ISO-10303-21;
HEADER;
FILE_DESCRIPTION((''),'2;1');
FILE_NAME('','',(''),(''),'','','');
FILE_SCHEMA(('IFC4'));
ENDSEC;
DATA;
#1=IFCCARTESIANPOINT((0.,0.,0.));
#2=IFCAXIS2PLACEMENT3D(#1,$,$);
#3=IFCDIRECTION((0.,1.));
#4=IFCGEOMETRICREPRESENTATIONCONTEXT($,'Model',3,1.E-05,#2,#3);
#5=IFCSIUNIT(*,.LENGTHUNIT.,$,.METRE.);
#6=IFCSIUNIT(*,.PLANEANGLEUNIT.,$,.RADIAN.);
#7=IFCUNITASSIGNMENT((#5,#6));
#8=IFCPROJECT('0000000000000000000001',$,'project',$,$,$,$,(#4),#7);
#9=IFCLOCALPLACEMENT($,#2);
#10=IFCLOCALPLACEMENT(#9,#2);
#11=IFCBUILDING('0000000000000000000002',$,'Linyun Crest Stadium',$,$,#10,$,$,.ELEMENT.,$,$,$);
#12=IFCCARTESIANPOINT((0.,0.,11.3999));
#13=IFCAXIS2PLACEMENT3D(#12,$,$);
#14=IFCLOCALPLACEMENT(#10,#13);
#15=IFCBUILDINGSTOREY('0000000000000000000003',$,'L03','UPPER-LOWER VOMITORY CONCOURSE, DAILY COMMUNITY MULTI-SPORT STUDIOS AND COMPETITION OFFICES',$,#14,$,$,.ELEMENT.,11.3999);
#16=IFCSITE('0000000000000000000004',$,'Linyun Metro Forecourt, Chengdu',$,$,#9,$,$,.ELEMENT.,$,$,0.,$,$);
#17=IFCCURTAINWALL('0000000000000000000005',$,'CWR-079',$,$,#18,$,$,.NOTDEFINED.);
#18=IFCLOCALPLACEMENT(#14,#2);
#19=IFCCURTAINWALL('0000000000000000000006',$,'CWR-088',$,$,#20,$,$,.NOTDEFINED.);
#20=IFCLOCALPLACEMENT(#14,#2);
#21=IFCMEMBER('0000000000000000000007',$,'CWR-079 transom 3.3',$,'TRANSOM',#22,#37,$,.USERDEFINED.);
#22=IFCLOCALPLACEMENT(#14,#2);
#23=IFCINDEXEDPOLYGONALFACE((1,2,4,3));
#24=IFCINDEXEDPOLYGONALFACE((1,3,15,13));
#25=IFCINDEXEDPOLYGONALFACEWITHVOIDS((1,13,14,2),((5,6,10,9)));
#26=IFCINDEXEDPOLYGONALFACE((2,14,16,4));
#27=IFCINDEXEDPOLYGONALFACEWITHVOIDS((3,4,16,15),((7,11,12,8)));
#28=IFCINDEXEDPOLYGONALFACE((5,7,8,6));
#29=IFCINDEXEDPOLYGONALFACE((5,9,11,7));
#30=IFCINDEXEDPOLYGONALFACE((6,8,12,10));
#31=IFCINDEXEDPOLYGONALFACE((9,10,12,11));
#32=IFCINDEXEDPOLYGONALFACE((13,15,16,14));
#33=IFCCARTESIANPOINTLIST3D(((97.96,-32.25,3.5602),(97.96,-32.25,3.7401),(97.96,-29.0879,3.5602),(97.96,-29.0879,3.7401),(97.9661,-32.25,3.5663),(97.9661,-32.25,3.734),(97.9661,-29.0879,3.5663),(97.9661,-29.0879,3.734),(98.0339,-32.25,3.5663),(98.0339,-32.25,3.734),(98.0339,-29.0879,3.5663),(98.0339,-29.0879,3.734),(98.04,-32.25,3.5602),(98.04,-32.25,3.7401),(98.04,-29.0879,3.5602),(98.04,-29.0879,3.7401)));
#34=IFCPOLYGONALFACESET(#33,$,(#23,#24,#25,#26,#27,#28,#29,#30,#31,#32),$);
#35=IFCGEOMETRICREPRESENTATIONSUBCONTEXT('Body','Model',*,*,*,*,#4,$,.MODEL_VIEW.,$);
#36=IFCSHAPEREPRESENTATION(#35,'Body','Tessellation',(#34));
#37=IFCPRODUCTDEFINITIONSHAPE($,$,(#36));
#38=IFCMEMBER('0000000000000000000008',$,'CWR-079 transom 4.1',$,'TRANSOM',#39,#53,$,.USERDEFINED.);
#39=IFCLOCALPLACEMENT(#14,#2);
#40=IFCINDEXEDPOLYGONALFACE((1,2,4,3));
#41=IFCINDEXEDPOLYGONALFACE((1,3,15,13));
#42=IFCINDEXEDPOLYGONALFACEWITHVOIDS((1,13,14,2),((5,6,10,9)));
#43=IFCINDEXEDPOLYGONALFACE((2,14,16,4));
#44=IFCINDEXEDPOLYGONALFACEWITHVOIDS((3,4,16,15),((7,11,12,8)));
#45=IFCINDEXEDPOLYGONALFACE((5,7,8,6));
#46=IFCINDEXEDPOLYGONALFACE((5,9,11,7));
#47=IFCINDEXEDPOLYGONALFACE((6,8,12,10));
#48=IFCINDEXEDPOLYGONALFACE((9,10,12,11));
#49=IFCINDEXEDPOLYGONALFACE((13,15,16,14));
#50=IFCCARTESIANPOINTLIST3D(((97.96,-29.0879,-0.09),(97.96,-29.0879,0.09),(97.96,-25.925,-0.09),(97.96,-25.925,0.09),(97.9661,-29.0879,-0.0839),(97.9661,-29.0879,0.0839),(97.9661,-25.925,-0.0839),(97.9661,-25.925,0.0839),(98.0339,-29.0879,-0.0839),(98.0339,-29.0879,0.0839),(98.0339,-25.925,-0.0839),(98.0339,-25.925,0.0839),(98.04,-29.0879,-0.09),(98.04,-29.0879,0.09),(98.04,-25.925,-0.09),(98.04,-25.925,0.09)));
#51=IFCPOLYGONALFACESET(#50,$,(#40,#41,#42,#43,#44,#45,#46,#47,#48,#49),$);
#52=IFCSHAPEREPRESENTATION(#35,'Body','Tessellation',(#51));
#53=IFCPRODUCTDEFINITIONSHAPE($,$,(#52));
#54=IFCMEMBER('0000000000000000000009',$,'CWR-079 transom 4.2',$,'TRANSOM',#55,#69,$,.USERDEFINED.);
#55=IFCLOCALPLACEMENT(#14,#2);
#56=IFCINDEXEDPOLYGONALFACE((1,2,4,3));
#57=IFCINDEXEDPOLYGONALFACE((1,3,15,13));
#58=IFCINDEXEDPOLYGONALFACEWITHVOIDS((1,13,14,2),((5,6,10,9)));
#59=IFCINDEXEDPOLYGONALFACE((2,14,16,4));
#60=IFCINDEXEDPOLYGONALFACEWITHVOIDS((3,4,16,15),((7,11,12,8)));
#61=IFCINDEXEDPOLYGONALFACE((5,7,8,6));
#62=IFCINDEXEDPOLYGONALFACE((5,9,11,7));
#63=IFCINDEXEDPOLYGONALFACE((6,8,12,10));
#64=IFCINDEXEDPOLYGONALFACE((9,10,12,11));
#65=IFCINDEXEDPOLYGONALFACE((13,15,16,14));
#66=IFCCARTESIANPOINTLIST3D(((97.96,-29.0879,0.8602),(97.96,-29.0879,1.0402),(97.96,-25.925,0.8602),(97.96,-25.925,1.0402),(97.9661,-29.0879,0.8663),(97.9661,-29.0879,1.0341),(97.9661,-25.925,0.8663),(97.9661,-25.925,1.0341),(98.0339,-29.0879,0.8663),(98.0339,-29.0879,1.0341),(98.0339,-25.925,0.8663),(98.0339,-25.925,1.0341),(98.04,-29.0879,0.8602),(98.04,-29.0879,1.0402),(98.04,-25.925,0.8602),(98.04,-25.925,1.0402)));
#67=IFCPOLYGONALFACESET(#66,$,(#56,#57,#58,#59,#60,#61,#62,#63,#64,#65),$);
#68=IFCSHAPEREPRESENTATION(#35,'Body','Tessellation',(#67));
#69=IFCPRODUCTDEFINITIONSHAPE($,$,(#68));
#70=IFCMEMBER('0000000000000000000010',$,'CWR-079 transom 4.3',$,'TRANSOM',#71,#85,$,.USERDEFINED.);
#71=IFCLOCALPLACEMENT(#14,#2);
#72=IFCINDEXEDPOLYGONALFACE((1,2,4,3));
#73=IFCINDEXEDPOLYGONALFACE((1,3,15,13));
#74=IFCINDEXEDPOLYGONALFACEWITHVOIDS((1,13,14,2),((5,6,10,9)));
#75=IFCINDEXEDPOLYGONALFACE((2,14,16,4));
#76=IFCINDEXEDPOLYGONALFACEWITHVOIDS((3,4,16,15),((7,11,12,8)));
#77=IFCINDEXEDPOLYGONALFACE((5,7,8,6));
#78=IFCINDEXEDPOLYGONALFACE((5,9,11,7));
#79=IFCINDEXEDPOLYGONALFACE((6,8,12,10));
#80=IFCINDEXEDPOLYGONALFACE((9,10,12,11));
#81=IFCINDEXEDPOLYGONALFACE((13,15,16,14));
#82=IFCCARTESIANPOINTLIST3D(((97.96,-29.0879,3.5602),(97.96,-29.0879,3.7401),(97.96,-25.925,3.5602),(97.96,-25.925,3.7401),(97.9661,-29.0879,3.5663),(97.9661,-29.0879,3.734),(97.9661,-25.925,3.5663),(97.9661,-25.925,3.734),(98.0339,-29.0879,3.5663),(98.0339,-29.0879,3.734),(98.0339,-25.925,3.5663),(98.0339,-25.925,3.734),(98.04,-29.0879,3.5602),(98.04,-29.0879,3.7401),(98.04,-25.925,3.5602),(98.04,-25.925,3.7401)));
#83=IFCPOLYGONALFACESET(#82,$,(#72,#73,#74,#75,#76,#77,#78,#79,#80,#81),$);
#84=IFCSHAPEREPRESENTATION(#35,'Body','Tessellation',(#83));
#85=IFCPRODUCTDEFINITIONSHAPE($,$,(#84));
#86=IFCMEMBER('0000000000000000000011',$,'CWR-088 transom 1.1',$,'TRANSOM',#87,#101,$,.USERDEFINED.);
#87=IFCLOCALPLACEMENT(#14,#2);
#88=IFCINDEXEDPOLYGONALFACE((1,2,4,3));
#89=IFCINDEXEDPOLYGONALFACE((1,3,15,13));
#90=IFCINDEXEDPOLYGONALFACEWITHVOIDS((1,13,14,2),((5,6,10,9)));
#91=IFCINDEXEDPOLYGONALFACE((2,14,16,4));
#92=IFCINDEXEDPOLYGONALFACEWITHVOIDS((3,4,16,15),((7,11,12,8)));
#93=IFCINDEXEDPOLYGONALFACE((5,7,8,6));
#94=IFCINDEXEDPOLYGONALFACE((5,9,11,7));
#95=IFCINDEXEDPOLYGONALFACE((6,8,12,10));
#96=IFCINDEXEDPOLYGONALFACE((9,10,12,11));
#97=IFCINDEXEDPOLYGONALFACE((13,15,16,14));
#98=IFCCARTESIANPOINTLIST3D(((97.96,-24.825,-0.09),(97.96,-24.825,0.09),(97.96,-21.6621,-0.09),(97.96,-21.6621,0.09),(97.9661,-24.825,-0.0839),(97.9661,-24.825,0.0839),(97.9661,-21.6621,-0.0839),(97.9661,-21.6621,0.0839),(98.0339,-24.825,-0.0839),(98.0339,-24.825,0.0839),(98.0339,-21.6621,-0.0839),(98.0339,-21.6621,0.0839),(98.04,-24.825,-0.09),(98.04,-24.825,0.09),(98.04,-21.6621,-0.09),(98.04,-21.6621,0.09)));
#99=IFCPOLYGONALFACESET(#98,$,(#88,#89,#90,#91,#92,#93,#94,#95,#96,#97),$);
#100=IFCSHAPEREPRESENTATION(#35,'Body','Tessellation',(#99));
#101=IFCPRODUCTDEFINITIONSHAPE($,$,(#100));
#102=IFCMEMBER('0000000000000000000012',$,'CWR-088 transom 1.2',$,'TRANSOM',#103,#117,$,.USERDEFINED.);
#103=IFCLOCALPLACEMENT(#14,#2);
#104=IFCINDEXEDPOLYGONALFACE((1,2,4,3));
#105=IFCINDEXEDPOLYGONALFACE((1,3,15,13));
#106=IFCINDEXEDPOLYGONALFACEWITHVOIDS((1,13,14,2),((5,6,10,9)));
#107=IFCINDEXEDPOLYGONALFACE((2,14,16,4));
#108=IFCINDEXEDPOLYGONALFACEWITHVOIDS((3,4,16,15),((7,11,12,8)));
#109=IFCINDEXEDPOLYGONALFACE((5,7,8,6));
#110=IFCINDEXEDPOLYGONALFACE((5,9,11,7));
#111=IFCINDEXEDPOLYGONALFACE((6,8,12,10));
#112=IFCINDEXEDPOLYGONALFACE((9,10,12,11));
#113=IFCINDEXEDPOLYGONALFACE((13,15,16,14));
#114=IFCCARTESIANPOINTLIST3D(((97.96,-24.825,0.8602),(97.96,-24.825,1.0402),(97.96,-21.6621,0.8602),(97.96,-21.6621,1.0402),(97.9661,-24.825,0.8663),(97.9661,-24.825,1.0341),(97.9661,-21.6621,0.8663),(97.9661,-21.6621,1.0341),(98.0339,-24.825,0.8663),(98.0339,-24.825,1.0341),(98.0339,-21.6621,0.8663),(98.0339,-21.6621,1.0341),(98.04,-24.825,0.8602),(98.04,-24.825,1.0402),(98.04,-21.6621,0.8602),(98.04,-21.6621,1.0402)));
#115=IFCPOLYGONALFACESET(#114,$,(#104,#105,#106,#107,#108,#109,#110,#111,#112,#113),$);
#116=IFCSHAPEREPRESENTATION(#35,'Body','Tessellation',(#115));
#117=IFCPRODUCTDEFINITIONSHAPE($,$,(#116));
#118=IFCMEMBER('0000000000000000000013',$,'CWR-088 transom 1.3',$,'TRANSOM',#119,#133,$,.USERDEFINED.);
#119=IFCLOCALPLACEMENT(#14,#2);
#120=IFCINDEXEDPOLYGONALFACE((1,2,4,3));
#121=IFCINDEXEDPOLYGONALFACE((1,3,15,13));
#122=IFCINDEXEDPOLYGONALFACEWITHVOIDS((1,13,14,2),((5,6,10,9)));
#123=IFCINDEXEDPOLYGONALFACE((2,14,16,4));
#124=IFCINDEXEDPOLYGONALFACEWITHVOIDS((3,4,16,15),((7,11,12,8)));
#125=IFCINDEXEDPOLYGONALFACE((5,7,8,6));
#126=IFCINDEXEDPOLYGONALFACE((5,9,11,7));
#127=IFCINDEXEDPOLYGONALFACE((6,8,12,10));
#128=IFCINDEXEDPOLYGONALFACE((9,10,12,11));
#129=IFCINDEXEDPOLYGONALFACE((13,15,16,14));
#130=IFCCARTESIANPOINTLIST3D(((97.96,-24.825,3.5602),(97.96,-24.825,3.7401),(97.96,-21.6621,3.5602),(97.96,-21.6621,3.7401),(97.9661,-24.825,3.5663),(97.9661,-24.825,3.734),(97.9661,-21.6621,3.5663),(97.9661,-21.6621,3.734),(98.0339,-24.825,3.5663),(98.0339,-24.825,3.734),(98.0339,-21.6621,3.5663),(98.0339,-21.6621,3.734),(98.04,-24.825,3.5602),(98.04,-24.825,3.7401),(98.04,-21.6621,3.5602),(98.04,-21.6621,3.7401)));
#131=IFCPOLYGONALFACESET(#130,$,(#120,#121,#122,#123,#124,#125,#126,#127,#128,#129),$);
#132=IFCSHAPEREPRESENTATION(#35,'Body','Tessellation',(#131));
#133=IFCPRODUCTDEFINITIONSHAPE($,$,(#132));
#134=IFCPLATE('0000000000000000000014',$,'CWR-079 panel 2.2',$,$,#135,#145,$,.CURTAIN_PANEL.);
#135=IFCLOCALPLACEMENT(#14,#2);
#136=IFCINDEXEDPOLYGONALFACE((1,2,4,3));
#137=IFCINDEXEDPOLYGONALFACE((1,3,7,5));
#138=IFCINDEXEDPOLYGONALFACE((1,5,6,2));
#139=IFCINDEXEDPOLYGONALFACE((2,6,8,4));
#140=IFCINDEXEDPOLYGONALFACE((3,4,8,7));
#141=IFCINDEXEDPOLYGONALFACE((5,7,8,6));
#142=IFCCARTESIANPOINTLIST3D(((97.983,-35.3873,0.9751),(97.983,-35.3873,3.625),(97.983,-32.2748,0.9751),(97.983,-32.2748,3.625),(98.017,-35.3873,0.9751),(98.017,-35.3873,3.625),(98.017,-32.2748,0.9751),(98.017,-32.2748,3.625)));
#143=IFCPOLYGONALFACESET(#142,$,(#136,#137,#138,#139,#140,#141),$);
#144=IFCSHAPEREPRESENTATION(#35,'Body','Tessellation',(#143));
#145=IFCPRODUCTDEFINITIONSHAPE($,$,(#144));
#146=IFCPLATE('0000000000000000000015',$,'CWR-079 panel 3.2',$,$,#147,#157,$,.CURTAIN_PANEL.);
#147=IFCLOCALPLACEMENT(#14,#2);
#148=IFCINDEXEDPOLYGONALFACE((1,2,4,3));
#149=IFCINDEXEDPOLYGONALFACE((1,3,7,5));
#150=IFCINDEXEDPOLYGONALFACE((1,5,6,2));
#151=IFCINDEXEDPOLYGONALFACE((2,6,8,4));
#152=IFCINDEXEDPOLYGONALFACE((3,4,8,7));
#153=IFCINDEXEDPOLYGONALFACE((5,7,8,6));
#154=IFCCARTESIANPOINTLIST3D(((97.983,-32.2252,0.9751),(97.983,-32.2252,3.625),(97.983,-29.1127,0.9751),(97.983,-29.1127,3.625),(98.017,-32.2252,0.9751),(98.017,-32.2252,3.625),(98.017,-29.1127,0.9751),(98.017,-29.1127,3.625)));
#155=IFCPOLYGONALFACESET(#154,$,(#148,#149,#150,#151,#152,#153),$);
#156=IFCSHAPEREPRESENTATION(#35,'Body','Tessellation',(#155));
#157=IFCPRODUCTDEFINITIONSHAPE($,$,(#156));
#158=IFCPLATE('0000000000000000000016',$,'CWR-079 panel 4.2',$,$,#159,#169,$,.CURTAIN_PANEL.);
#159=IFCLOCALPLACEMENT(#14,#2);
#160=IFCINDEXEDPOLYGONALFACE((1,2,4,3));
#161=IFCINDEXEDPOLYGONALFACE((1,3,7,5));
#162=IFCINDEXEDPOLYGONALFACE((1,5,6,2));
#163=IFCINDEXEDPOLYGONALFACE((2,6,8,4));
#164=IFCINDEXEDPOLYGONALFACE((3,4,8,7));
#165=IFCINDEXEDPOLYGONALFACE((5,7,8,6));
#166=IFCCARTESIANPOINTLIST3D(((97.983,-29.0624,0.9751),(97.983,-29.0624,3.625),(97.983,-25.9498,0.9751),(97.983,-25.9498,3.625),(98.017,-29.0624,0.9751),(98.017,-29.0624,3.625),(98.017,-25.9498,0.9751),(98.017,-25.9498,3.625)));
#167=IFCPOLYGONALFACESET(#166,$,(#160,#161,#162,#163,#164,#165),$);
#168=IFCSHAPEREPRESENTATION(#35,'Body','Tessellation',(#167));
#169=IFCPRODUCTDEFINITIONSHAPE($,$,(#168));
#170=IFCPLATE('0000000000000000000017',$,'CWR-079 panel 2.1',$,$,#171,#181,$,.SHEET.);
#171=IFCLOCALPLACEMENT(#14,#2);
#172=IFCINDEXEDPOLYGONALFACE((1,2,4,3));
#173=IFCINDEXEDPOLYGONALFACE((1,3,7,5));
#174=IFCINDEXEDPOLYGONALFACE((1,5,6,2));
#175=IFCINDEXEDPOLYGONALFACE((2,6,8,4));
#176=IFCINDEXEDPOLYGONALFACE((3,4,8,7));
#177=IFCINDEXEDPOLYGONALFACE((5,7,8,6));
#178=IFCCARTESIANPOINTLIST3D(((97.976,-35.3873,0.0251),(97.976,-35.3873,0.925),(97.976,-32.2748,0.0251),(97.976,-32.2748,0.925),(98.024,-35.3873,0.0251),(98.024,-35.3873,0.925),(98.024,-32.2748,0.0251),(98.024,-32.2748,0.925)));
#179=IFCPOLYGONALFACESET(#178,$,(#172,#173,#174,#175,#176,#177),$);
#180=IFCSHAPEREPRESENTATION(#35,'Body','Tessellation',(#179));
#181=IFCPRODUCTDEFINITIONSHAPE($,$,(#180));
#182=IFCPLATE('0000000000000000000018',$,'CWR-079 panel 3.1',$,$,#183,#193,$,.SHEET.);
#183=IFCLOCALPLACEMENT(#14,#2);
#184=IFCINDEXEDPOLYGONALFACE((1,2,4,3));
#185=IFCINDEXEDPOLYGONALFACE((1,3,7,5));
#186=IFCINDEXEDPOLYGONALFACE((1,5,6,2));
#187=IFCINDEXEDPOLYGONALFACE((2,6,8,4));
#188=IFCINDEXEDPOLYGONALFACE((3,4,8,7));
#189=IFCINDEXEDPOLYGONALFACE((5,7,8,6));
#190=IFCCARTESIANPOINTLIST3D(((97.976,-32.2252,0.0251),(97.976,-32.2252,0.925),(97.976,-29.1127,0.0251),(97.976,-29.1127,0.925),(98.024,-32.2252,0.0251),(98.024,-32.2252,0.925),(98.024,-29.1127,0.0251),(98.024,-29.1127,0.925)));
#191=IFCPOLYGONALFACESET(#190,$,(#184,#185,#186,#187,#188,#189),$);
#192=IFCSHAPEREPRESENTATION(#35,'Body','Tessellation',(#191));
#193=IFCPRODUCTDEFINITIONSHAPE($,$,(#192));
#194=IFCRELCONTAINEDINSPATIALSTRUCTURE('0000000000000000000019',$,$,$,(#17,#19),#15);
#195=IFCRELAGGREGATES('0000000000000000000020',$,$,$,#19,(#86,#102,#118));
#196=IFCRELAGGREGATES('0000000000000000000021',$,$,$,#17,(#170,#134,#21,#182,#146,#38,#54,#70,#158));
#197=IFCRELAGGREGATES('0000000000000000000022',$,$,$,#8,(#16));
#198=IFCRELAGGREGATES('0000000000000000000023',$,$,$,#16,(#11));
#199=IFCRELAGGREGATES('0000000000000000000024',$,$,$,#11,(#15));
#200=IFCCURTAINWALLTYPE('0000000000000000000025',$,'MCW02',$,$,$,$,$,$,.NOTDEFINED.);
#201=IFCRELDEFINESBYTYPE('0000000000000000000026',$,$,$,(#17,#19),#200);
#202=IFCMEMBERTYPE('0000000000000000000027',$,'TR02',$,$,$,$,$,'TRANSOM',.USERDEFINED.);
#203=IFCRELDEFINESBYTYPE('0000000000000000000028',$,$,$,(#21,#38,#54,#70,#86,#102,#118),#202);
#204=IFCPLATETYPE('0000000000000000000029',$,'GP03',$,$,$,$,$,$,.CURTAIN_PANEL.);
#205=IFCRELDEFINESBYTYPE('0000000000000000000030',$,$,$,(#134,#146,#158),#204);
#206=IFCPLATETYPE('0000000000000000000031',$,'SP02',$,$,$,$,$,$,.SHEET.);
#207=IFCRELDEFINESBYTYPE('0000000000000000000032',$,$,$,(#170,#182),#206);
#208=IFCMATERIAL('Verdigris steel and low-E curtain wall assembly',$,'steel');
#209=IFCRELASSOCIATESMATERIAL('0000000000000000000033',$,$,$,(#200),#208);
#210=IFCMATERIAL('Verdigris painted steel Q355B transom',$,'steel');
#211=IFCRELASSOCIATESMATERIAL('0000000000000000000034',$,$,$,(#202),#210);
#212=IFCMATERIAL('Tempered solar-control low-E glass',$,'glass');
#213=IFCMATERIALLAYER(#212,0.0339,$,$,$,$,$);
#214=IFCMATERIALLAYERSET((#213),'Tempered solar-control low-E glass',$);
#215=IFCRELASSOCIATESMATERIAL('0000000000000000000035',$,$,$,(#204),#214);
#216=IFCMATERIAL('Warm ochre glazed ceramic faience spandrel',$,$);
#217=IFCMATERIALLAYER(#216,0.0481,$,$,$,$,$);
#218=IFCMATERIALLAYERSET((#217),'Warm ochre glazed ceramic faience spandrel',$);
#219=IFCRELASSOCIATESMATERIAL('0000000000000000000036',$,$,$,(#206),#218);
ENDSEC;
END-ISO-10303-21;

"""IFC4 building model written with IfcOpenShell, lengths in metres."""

from ifc_helpers import new_model, si_unit, direction, frame, origin, origin_2d, place, context, subcontext, project, spatial, rectangle, hollow_rectangle, extrude, material, layer, layer_set, material_profile, profile_set, type_object, element, aggregate, save


model = new_model("IFC4")

# Units and contexts
model_context = context("Model", 3, precision=1e-05, world=origin(), true_north=direction((0.0, 1.0)))
body_context = subcontext(model_context, "Body", "Model", "MODEL_VIEW")
ifc_project = project(units=[si_unit("LENGTHUNIT", "METRE"), si_unit("PLANEANGLEUNIT", "RADIAN")], contexts=[model_context])

# Site, building, storey
site_placement = place(None, origin())
site = spatial("IfcSite", under=ifc_project, at=site_placement, Name="Linyun Metro Forecourt, Chengdu", CompositionType="ELEMENT", RefElevation=0.0)
building_placement = place(site_placement, origin())
building = spatial("IfcBuilding", under=site, at=building_placement, Name="Linyun Crest Stadium", CompositionType="ELEMENT")
storey_placement = place(building_placement, frame((0.0, 0.0, 11.3999)))
storey = spatial("IfcBuildingStorey", under=building, at=storey_placement, Name="L03", Description="UPPER-LOWER VOMITORY CONCOURSE, DAILY COMMUNITY MULTI-SPORT STUDIOS AND COMPETITION OFFICES", CompositionType="ELEMENT", Elevation=11.3999)

# Curtain wall
ifc_material_1 = material(Name="Verdigris steel and low-E curtain wall assembly", Category="steel")
curtain_wall_type = type_object("IfcCurtainWallType", Name="MCW02", PredefinedType="NOTDEFINED", material=ifc_material_1)
curtain_wall_1_placement = place(storey_placement, origin())
curtain_wall_1 = element("IfcCurtainWall", 1, at=curtain_wall_1_placement, inside=storey, type_object=curtain_wall_type, Name="CWR-079", PredefinedType="NOTDEFINED")

# Curtain wall
curtain_wall_2_placement = place(storey_placement, origin())
curtain_wall_2 = element("IfcCurtainWall", 2, at=curtain_wall_2_placement, inside=storey, type_object=curtain_wall_type, Name="CWR-088", PredefinedType="NOTDEFINED")

# Members
ifc_material_2 = material(Name="Verdigris painted steel Q355B transom", Category="steel")
ifc_material_profile_1 = material_profile(ifc_material_2, hollow_rectangle(XDim=0.0801, YDim=0.1799, WallThickness=0.0061, at=origin_2d()), Name="RHS 180x80x6")
ifc_profile_set_1 = profile_set([ifc_material_profile_1], Name="Verdigris painted steel Q355B transom")
member_type_1 = type_object("IfcMemberType", Name="TR02", ElementType="TRANSOM", PredefinedType="USERDEFINED", material=ifc_profile_set_1)
member_1_placement = place(storey_placement, frame((98.0, -32.25, 3.6501), z_axis=(0.0, 1.0, 0.0), x_axis=(-1.0, 0.0, 0.0)))
member_1 = element("IfcMember", 3, at=member_1_placement, type_object=member_type_1, Name="CWR-079 transom 3.3", ObjectType="TRANSOM", PredefinedType="USERDEFINED", context=body_context, shape_type="SweptSolid", body=[
    extrude(hollow_rectangle(XDim=0.0801, YDim=0.1799, WallThickness=0.0061, at=origin_2d()), origin(), (0.0, 0.0, 1.0), 3.1621),
])
member_2_placement = place(storey_placement, frame((98.0, -29.0879, 0.0), z_axis=(0.0, 1.0, 0.0), x_axis=(-1.0, 0.0, 0.0)))
member_2 = element("IfcMember", 4, at=member_2_placement, type_object=member_type_1, Name="CWR-079 transom 4.1", ObjectType="TRANSOM", PredefinedType="USERDEFINED", context=body_context, shape_type="SweptSolid", body=[
    extrude(hollow_rectangle(XDim=0.0801, YDim=0.1799, WallThickness=0.0061, at=origin_2d()), origin(), (0.0, 0.0, 1.0), 3.1628),
])
member_3_placement = place(storey_placement, frame((98.0, -29.0879, 0.9502), z_axis=(0.0, 1.0, 0.0), x_axis=(-1.0, 0.0, 0.0)))
member_3 = element("IfcMember", 5, at=member_3_placement, type_object=member_type_1, Name="CWR-079 transom 4.2", ObjectType="TRANSOM", PredefinedType="USERDEFINED", context=body_context, shape_type="SweptSolid", body=[
    extrude(hollow_rectangle(XDim=0.0801, YDim=0.1799, WallThickness=0.0061, at=origin_2d()), origin(), (0.0, 0.0, 1.0), 3.1628),
])
member_4_placement = place(storey_placement, frame((98.0, -29.0879, 3.6501), z_axis=(0.0, 1.0, 0.0), x_axis=(-1.0, 0.0, 0.0)))
member_4 = element("IfcMember", 6, at=member_4_placement, type_object=member_type_1, Name="CWR-079 transom 4.3", ObjectType="TRANSOM", PredefinedType="USERDEFINED", context=body_context, shape_type="SweptSolid", body=[
    extrude(hollow_rectangle(XDim=0.0801, YDim=0.1799, WallThickness=0.0061, at=origin_2d()), origin(), (0.0, 0.0, 1.0), 3.1628),
])
member_5_placement = place(storey_placement, frame((98.0, -24.825, 0.0), z_axis=(0.0, 1.0, 0.0), x_axis=(-1.0, 0.0, 0.0)))
member_5 = element("IfcMember", 7, at=member_5_placement, type_object=member_type_1, Name="CWR-088 transom 1.1", ObjectType="TRANSOM", PredefinedType="USERDEFINED", context=body_context, shape_type="SweptSolid", body=[
    extrude(hollow_rectangle(XDim=0.0801, YDim=0.1799, WallThickness=0.0061, at=origin_2d()), origin(), (0.0, 0.0, 1.0), 3.1628),
])
member_6_placement = place(storey_placement, frame((98.0, -24.825, 0.9502), z_axis=(0.0, 1.0, 0.0), x_axis=(-1.0, 0.0, 0.0)))
member_6 = element("IfcMember", 8, at=member_6_placement, type_object=member_type_1, Name="CWR-088 transom 1.2", ObjectType="TRANSOM", PredefinedType="USERDEFINED", context=body_context, shape_type="SweptSolid", body=[
    extrude(hollow_rectangle(XDim=0.0801, YDim=0.1799, WallThickness=0.0061, at=origin_2d()), origin(), (0.0, 0.0, 1.0), 3.1628),
])
member_7_placement = place(storey_placement, frame((98.0, -24.825, 3.6501), z_axis=(0.0, 1.0, 0.0), x_axis=(-1.0, 0.0, 0.0)))
member_7 = element("IfcMember", 9, at=member_7_placement, type_object=member_type_1, Name="CWR-088 transom 1.3", ObjectType="TRANSOM", PredefinedType="USERDEFINED", context=body_context, shape_type="SweptSolid", body=[
    extrude(hollow_rectangle(XDim=0.0801, YDim=0.1799, WallThickness=0.0061, at=origin_2d()), origin(), (0.0, 0.0, 1.0), 3.1628),
])
aggregate(curtain_wall_2, [member_5, member_6, member_7])

# Plates
ifc_material_3 = material(Name="Tempered solar-control low-E glass", Category="glass")
ifc_layer_1 = layer(ifc_material_3, 0.0339)
ifc_layer_set_1 = layer_set([ifc_layer_1], Name="Tempered solar-control low-E glass")
plate_type_1 = type_object("IfcPlateType", Name="GP03", PredefinedType="CURTAIN_PANEL", material=ifc_layer_set_1)
plate_1_placement = place(storey_placement, frame((98.0, -33.8311, 0.9751), z_axis=(0.0, 0.0, 1.0), x_axis=(0.0, 1.0, 0.0)))
plate_1 = element("IfcPlate", 10, at=plate_1_placement, type_object=plate_type_1, Name="CWR-079 panel 2.2", PredefinedType="CURTAIN_PANEL", context=body_context, shape_type="SweptSolid", body=[
    extrude(rectangle(XDim=3.1125, YDim=0.0339, at=origin_2d()), origin(), (0.0, 0.0, 1.0), 2.6499),
])
plate_2_placement = place(storey_placement, frame((98.0, -30.6689, 0.9751), z_axis=(0.0, 0.0, 1.0), x_axis=(0.0, 1.0, 0.0)))
plate_2 = element("IfcPlate", 11, at=plate_2_placement, type_object=plate_type_1, Name="CWR-079 panel 3.2", PredefinedType="CURTAIN_PANEL", context=body_context, shape_type="SweptSolid", body=[
    extrude(rectangle(XDim=3.1125, YDim=0.0339, at=origin_2d()), origin(), (0.0, 0.0, 1.0), 2.6499),
])
plate_3_placement = place(storey_placement, frame((98.0, -27.5061, 0.9751), z_axis=(0.0, 0.0, 1.0), x_axis=(0.0, 1.0, 0.0)))
plate_3 = element("IfcPlate", 12, at=plate_3_placement, type_object=plate_type_1, Name="CWR-079 panel 4.2", PredefinedType="CURTAIN_PANEL", context=body_context, shape_type="SweptSolid", body=[
    extrude(rectangle(XDim=3.1125, YDim=0.0339, at=origin_2d()), origin(), (0.0, 0.0, 1.0), 2.6499),
])
ifc_material_4 = material(Name="Warm ochre glazed ceramic faience spandrel")
ifc_layer_2 = layer(ifc_material_4, 0.0481)
ifc_layer_set_2 = layer_set([ifc_layer_2], Name="Warm ochre glazed ceramic faience spandrel")
plate_type_2 = type_object("IfcPlateType", Name="SP02", PredefinedType="SHEET", material=ifc_layer_set_2)
plate_4_placement = place(storey_placement, frame((98.0, -33.8311, 0.0251), z_axis=(0.0, 0.0, 1.0), x_axis=(0.0, 1.0, 0.0)))
plate_4 = element("IfcPlate", 13, at=plate_4_placement, type_object=plate_type_2, Name="CWR-079 panel 2.1", PredefinedType="SHEET", context=body_context, shape_type="SweptSolid", body=[
    extrude(rectangle(XDim=3.1125, YDim=0.0481, at=origin_2d()), origin(), (0.0, 0.0, 1.0), 0.8999),
])
plate_5_placement = place(storey_placement, frame((98.0, -30.6689, 0.0251), z_axis=(0.0, 0.0, 1.0), x_axis=(0.0, 1.0, 0.0)))
plate_5 = element("IfcPlate", 14, at=plate_5_placement, type_object=plate_type_2, Name="CWR-079 panel 3.1", PredefinedType="SHEET", context=body_context, shape_type="SweptSolid", body=[
    extrude(rectangle(XDim=3.1125, YDim=0.0481, at=origin_2d()), origin(), (0.0, 0.0, 1.0), 0.8999),
])
aggregate(curtain_wall_1, [plate_4, plate_1, member_1, plate_5, plate_2, member_2, member_3, member_4, plate_3])

save(model, "model.ifc")
